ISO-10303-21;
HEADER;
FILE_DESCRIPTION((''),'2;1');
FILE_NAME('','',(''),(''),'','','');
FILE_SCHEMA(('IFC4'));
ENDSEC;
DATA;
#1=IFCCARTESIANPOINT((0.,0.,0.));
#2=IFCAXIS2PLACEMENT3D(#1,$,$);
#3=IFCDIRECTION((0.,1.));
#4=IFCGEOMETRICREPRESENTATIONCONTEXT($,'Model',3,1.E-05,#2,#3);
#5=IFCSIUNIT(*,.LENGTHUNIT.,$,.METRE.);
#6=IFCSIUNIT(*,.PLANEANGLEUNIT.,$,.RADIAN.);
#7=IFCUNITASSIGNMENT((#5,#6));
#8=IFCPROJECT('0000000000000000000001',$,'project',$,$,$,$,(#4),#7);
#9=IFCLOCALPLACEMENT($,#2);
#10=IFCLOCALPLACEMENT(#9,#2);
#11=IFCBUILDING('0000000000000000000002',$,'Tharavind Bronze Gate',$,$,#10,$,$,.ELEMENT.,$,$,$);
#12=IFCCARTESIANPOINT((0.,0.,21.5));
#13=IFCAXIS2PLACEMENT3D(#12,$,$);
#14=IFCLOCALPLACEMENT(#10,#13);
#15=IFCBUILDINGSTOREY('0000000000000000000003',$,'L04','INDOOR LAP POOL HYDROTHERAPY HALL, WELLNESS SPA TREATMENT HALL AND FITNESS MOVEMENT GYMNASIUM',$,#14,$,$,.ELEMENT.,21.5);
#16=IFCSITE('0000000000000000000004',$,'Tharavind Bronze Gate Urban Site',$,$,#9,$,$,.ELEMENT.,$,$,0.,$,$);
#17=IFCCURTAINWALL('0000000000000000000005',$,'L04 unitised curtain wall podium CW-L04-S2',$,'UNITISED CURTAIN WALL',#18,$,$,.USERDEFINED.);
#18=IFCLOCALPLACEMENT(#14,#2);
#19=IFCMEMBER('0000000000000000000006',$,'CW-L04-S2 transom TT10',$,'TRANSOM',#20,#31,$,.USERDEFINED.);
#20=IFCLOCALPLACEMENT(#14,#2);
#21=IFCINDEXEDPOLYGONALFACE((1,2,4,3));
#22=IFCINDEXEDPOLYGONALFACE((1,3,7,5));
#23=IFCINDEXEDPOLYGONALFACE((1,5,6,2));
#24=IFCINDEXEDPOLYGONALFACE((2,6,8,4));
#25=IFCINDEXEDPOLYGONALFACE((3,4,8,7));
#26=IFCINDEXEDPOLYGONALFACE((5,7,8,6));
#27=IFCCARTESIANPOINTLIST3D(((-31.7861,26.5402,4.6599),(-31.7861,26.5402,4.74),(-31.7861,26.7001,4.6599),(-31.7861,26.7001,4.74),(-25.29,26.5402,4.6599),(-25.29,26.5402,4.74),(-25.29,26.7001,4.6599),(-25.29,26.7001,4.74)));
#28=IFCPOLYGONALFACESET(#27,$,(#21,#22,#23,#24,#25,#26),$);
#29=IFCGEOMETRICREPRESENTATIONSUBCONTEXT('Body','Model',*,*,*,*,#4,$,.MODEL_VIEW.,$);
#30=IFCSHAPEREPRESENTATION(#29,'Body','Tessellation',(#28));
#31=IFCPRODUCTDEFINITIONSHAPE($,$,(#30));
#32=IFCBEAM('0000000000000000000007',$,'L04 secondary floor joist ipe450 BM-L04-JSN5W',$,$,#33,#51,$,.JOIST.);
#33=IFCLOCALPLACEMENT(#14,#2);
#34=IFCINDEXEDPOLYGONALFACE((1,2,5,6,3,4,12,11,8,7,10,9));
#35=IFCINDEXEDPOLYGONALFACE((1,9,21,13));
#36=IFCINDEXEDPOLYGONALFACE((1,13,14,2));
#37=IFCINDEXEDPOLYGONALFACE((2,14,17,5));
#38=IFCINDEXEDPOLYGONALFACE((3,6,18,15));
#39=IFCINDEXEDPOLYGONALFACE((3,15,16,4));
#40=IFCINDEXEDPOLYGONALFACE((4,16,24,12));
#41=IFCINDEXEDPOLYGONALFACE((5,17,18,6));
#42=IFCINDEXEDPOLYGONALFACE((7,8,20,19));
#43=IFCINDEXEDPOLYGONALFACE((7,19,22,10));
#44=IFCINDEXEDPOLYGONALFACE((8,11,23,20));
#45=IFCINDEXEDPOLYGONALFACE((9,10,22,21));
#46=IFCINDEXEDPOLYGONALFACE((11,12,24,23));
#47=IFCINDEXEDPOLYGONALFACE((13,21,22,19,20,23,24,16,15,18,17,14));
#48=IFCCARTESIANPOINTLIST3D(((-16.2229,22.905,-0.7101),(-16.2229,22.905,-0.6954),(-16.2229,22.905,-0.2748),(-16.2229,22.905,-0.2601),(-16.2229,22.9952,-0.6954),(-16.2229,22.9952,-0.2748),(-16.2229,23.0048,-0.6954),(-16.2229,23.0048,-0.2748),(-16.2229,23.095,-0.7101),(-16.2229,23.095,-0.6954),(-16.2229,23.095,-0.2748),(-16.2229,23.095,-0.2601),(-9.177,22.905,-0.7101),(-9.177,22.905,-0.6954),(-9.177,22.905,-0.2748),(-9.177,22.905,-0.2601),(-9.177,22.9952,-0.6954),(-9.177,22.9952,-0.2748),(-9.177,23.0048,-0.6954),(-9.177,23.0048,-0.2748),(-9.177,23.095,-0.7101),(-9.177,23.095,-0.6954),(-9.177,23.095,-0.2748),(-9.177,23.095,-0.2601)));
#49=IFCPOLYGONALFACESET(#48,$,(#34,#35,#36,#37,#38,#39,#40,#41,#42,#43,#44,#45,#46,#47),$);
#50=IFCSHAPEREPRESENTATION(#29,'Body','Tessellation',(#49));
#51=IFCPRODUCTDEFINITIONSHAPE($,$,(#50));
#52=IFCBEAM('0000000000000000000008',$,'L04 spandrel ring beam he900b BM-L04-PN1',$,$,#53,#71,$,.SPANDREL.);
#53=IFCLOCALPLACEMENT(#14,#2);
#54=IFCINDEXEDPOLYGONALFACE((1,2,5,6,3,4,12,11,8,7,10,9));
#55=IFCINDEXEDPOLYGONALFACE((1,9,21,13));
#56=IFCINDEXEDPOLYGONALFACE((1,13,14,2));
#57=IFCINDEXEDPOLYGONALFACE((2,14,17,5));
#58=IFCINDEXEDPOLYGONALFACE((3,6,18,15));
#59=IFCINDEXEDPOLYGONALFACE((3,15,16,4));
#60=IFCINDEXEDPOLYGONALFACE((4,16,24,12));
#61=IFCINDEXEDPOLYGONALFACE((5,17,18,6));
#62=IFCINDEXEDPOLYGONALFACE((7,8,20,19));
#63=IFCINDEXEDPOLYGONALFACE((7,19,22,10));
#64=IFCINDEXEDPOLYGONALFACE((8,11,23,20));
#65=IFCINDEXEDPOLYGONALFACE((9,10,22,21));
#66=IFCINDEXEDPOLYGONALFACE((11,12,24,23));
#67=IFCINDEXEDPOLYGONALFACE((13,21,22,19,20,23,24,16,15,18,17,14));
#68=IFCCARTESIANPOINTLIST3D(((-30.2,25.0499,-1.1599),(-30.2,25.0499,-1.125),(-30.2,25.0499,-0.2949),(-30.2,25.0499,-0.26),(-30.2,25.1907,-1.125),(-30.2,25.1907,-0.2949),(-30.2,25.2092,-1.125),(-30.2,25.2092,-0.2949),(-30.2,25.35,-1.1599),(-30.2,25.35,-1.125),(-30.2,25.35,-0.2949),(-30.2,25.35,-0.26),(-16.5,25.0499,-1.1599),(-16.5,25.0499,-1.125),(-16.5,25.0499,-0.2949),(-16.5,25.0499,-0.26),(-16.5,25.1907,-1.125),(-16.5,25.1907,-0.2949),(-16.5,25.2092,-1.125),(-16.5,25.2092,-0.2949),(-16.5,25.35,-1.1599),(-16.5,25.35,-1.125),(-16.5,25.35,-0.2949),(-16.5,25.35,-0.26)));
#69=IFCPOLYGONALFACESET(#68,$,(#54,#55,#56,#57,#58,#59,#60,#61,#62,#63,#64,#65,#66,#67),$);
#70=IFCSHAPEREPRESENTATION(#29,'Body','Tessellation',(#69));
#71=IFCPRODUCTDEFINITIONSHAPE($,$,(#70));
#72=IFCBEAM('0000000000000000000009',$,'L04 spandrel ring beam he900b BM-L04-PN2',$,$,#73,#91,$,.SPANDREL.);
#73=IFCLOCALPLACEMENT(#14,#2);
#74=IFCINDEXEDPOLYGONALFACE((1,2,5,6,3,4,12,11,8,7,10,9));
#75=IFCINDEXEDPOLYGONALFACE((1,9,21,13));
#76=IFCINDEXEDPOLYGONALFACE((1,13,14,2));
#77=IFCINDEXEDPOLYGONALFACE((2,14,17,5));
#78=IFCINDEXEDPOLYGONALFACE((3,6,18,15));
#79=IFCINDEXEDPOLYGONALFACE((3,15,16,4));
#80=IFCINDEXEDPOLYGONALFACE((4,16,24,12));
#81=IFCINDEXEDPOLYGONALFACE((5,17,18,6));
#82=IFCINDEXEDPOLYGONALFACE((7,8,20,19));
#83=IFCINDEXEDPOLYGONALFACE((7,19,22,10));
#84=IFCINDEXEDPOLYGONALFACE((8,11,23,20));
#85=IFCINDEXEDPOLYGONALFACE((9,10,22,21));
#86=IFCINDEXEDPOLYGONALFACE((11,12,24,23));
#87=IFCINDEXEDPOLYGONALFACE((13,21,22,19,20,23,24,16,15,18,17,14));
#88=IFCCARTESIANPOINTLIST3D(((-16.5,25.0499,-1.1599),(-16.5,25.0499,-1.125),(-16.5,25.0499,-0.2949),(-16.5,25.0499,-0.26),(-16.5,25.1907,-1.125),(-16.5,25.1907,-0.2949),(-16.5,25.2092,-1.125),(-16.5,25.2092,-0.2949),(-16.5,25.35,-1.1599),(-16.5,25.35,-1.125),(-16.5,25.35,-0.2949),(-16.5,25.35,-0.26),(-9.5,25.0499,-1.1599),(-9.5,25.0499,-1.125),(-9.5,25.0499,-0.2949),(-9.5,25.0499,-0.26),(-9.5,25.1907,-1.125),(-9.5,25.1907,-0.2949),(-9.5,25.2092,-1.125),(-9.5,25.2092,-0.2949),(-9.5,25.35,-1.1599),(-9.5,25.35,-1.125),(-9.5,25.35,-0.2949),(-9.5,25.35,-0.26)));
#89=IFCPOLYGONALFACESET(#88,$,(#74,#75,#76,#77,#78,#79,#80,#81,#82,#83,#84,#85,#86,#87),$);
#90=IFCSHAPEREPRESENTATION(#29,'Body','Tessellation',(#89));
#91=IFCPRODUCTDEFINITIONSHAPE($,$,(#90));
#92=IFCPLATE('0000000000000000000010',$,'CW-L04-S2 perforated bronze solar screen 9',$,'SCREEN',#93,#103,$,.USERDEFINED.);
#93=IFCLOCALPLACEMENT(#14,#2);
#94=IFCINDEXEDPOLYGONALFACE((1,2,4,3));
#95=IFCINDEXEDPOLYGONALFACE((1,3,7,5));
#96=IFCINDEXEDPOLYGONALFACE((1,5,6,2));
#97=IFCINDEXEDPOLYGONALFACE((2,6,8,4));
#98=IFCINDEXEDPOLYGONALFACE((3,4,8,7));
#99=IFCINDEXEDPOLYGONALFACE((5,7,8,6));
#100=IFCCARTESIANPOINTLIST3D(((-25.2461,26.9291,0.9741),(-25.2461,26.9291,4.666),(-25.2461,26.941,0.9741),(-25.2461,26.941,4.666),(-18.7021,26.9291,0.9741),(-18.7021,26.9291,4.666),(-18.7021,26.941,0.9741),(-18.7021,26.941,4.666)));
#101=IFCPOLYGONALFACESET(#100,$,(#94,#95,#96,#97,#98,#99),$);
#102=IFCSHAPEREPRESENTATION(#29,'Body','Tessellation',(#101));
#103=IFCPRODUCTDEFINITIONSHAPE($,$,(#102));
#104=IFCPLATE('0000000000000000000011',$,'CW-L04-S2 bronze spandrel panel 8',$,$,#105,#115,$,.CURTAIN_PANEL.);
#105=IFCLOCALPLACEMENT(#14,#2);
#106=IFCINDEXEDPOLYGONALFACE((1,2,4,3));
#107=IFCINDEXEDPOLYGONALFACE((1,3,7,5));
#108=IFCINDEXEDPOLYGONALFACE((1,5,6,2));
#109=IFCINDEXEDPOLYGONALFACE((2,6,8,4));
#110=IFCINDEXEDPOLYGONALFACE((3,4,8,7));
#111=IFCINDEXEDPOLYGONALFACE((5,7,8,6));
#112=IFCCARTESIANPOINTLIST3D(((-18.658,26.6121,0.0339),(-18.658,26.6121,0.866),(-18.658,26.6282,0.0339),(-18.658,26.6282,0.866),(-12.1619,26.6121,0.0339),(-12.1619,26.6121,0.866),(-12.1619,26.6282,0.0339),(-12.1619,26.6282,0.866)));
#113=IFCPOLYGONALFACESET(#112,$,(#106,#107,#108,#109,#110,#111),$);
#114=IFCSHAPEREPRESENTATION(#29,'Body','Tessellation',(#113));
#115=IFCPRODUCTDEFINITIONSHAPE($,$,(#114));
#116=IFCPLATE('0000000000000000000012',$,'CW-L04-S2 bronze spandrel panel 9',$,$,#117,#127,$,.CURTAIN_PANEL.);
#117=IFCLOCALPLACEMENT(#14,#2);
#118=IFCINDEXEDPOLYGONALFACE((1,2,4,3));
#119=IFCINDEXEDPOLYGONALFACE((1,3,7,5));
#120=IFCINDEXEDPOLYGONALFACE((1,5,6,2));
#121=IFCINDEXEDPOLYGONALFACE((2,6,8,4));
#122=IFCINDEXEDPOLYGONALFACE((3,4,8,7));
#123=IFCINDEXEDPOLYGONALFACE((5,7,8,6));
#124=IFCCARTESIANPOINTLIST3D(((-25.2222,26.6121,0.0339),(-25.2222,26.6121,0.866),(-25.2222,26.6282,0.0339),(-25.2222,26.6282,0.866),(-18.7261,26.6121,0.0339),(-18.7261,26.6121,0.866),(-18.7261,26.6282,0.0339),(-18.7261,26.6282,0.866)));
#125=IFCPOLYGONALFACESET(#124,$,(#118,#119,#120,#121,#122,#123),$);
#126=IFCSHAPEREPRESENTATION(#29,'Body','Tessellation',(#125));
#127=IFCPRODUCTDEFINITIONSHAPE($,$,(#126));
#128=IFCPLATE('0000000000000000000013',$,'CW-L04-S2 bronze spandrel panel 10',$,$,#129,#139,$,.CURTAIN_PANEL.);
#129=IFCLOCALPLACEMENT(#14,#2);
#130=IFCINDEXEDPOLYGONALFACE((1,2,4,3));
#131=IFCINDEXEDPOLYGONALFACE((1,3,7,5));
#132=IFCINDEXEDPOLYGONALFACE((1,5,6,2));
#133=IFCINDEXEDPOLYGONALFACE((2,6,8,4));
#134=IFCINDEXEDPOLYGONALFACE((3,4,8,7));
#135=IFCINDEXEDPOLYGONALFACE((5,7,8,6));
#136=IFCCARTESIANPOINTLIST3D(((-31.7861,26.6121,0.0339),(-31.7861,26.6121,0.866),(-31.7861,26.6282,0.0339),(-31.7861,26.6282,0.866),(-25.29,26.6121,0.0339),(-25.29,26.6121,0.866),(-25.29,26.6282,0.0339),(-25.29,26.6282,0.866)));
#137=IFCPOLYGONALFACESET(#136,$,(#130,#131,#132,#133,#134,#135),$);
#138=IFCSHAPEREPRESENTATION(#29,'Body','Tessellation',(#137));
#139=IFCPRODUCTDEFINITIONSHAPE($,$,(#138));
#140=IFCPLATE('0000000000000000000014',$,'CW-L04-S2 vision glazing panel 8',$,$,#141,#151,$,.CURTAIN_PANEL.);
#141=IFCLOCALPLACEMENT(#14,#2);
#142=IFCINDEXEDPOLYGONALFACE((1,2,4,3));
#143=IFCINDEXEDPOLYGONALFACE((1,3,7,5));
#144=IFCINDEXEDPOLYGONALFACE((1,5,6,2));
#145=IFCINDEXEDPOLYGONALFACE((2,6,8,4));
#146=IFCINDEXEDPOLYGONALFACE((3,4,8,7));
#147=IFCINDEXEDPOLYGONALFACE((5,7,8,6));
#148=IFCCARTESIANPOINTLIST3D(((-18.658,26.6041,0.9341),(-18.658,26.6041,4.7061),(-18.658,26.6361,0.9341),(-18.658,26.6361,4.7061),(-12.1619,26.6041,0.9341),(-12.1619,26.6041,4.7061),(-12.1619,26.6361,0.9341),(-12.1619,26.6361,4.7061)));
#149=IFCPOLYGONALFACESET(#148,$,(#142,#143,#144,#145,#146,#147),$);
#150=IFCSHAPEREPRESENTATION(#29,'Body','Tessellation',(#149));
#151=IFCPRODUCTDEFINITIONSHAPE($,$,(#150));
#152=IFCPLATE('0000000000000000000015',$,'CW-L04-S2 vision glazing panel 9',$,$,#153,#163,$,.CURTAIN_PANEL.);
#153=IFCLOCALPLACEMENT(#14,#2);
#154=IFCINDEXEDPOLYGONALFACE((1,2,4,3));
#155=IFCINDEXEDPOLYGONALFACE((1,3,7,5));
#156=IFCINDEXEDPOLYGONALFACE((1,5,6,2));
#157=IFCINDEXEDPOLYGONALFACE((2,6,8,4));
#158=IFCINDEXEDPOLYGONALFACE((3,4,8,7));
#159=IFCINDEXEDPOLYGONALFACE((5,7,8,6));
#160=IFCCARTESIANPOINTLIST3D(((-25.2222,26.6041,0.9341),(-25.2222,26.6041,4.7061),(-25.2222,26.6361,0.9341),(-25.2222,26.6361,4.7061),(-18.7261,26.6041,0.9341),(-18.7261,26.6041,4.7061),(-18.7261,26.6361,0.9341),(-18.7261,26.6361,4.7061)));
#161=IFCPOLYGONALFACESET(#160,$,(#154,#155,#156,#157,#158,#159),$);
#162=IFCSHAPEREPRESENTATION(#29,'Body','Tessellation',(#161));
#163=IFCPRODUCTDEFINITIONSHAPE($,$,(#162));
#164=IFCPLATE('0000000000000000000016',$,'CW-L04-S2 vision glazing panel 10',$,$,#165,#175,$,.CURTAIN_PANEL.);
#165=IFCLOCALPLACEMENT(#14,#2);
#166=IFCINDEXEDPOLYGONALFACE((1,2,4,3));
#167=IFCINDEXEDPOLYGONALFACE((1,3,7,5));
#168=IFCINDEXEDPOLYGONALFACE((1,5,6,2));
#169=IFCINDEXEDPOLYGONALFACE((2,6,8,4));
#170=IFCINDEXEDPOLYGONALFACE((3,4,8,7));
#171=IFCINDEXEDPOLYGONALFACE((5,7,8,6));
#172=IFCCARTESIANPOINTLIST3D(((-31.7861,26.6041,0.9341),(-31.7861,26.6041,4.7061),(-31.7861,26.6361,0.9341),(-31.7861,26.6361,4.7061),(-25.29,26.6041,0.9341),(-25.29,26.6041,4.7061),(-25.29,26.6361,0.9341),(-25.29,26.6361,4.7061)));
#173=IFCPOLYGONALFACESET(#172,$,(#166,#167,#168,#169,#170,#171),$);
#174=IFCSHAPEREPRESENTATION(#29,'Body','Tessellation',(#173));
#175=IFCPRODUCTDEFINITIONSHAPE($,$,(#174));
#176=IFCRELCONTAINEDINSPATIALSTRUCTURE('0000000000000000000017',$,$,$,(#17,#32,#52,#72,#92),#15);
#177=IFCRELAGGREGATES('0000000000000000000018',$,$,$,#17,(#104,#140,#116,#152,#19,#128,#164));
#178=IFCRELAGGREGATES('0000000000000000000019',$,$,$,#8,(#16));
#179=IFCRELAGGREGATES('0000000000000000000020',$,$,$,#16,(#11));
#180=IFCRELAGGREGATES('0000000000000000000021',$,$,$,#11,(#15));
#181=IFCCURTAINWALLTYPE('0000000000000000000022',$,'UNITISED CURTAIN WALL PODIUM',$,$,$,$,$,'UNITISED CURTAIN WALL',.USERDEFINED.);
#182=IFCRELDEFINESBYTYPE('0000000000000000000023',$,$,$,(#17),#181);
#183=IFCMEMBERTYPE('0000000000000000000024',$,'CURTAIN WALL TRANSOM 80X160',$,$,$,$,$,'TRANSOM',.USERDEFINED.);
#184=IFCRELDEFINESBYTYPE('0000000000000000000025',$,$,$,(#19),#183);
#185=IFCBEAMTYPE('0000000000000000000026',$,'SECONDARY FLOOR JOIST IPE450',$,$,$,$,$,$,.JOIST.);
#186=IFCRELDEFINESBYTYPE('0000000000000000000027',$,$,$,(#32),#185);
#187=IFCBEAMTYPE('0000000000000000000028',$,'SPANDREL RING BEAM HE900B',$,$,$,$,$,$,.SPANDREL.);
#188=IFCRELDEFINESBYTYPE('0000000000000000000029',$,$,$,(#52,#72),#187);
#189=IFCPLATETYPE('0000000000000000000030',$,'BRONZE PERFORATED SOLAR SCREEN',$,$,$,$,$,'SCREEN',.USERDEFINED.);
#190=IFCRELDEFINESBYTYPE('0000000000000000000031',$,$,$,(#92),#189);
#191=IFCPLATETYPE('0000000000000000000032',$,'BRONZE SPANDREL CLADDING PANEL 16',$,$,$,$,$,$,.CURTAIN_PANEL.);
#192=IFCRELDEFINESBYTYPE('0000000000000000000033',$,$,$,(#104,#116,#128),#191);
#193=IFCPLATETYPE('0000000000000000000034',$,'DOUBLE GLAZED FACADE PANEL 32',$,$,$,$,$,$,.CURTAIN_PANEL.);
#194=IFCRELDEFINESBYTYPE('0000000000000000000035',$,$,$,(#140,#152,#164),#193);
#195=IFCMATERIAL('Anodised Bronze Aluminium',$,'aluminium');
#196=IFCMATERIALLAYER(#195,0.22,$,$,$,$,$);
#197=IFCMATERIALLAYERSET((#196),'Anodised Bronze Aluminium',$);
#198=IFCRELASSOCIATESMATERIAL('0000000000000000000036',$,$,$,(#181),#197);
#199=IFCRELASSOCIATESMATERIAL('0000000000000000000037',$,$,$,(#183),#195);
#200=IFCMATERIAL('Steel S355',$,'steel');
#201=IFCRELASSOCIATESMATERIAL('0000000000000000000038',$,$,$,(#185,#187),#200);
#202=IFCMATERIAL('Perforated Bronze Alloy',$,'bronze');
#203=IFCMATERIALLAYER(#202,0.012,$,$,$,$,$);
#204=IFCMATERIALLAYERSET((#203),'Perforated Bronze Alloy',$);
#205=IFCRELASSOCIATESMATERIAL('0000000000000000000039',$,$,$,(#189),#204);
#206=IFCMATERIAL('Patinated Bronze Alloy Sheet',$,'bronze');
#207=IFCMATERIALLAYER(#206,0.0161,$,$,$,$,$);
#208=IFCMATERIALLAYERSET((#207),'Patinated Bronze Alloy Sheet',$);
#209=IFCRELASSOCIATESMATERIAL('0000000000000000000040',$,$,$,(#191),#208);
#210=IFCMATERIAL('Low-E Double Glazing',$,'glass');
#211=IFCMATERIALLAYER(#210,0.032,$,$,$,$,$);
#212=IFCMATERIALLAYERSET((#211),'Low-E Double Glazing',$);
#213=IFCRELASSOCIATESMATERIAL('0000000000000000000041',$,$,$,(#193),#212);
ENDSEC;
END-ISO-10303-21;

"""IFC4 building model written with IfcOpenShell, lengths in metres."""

from ifc_helpers import new_model, si_unit, direction, frame, origin, origin_2d, place, context, subcontext, project, spatial, rectangle, i_section, extrude, material, layer, layer_set, material_profile, profile_set, type_object, element, aggregate, save


model = new_model("IFC4")

# Units and contexts
model_context = context("Model", 3, precision=1e-05, world=origin(), true_north=direction((0.0, 1.0)))
body_context = subcontext(model_context, "Body", "Model", "MODEL_VIEW")
ifc_project = project(units=[si_unit("LENGTHUNIT", "METRE"), si_unit("PLANEANGLEUNIT", "RADIAN")], contexts=[model_context])

# Site, building, storey
site_placement = place(None, origin())
site = spatial("IfcSite", under=ifc_project, at=site_placement, Name="Tharavind Bronze Gate Urban Site", CompositionType="ELEMENT", RefElevation=0.0)
building_placement = place(site_placement, origin())
building = spatial("IfcBuilding", under=site, at=building_placement, Name="Tharavind Bronze Gate", CompositionType="ELEMENT")
storey_placement = place(building_placement, frame((0.0, 0.0, 21.5)))
storey = spatial("IfcBuildingStorey", under=building, at=storey_placement, Name="L04", Description="INDOOR LAP POOL HYDROTHERAPY HALL, WELLNESS SPA TREATMENT HALL AND FITNESS MOVEMENT GYMNASIUM", CompositionType="ELEMENT", Elevation=21.5)

# Curtain wall, member
ifc_material_1 = material(Name="Anodised Bronze Aluminium", Category="aluminium")
ifc_layer_1 = layer(ifc_material_1, 0.22)
ifc_layer_set_1 = layer_set([ifc_layer_1], Name="Anodised Bronze Aluminium")
curtain_wall_type = type_object("IfcCurtainWallType", Name="UNITISED CURTAIN WALL PODIUM", ElementType="UNITISED CURTAIN WALL", PredefinedType="USERDEFINED", material=ifc_layer_set_1)
curtain_wall_placement = place(storey_placement, origin())
curtain_wall = element("IfcCurtainWall", 1, at=curtain_wall_placement, inside=storey, type_object=curtain_wall_type, Name="L04 unitised curtain wall podium CW-L04-S2", ObjectType="UNITISED CURTAIN WALL", PredefinedType="USERDEFINED")
member_type_1 = type_object("IfcMemberType", Name="CURTAIN WALL TRANSOM 80X160", ElementType="TRANSOM", PredefinedType="USERDEFINED", material=ifc_material_1)
member_1_placement = place(storey_placement, frame((-28.5381, 26.6201, 4.6599), z_axis=(0.0, 0.0, 1.0), x_axis=(-1.0, 0.0, 0.0)))
member_1 = element("IfcMember", 2, at=member_1_placement, type_object=member_type_1, Name="CW-L04-S2 transom TT10", ObjectType="TRANSOM", PredefinedType="USERDEFINED", context=body_context, shape_type="SweptSolid", body=[
    extrude(rectangle(XDim=6.4961, YDim=0.1599, at=origin_2d()), origin(), (0.0, 0.0, 1.0), 0.0801),
])

# Beams
ifc_material_2 = material(Name="Steel S355", Category="steel")
ifc_material_profile_1 = material_profile(ifc_material_2, i_section(OverallWidth=0.1899, OverallDepth=0.45, WebThickness=0.0095, FlangeThickness=0.0146, at=origin_2d()), Name="IPE450")
ifc_profile_set_1 = profile_set([ifc_material_profile_1], Name="Steel S355")
beam_type_1 = type_object("IfcBeamType", Name="SECONDARY FLOOR JOIST IPE450", PredefinedType="JOIST", material=ifc_profile_set_1)
beam_1_placement = place(storey_placement, frame((-16.2229, 23.0, -0.4851), z_axis=(1.0, 0.0, 0.0), x_axis=(0.0, 1.0, 0.0)))
element("IfcBeam", 3, at=beam_1_placement, inside=storey, type_object=beam_type_1, Name="L04 secondary floor joist ipe450 BM-L04-JSN5W", PredefinedType="JOIST", context=body_context, shape_type="SweptSolid", body=[
    extrude(i_section(OverallWidth=0.1899, OverallDepth=0.45, WebThickness=0.0095, FlangeThickness=0.0146, at=origin_2d()), origin(), (0.0, 0.0, 1.0), 7.0459),
])
ifc_material_profile_2 = material_profile(ifc_material_2, i_section(OverallWidth=0.3, OverallDepth=0.8999, WebThickness=0.0186, FlangeThickness=0.0349, at=origin_2d()), Name="HE900B")
ifc_profile_set_2 = profile_set([ifc_material_profile_2], Name="Steel S355")
beam_type_2 = type_object("IfcBeamType", Name="SPANDREL RING BEAM HE900B", PredefinedType="SPANDREL", material=ifc_profile_set_2)
beam_2_placement = place(storey_placement, frame((-30.2, 25.2, -0.71), z_axis=(1.0, 0.0, 0.0), x_axis=(0.0, 1.0, 0.0)))
element("IfcBeam", 4, at=beam_2_placement, inside=storey, type_object=beam_type_2, Name="L04 spandrel ring beam he900b BM-L04-PN1", PredefinedType="SPANDREL", context=body_context, shape_type="SweptSolid", body=[
    extrude(i_section(OverallWidth=0.3, OverallDepth=0.8999, WebThickness=0.0186, FlangeThickness=0.0349, at=origin_2d()), origin(), (0.0, 0.0, 1.0), 13.7),
])
beam_3_placement = place(storey_placement, frame((-16.5, 25.2, -0.71), z_axis=(1.0, 0.0, 0.0), x_axis=(0.0, 1.0, 0.0)))
element("IfcBeam", 5, at=beam_3_placement, inside=storey, type_object=beam_type_2, Name="L04 spandrel ring beam he900b BM-L04-PN2", PredefinedType="SPANDREL", context=body_context, shape_type="SweptSolid", body=[
    extrude(i_section(OverallWidth=0.3, OverallDepth=0.8999, WebThickness=0.0186, FlangeThickness=0.0349, at=origin_2d()), origin(), (0.0, 0.0, 1.0), 7.0),
])

# Plates
ifc_material_3 = material(Name="Perforated Bronze Alloy", Category="bronze")
ifc_layer_2 = layer(ifc_material_3, 0.012)
ifc_layer_set_2 = layer_set([ifc_layer_2], Name="Perforated Bronze Alloy")
plate_type_1 = type_object("IfcPlateType", Name="BRONZE PERFORATED SOLAR SCREEN", ElementType="SCREEN", PredefinedType="USERDEFINED", material=ifc_layer_set_2)
plate_1_placement = place(storey_placement, frame((-21.9741, 26.9351, 0.9741), z_axis=(0.0, 0.0, 1.0), x_axis=(-1.0, 0.0, 0.0)))
element("IfcPlate", 6, at=plate_1_placement, inside=storey, type_object=plate_type_1, Name="CW-L04-S2 perforated bronze solar screen 9", ObjectType="SCREEN", PredefinedType="USERDEFINED", context=body_context, shape_type="SweptSolid", body=[
    extrude(rectangle(XDim=6.5439, YDim=0.012, at=origin_2d()), origin(), (0.0, 0.0, 1.0), 3.6919),
])
ifc_material_4 = material(Name="Patinated Bronze Alloy Sheet", Category="bronze")
ifc_layer_3 = layer(ifc_material_4, 0.0161)
ifc_layer_set_3 = layer_set([ifc_layer_3], Name="Patinated Bronze Alloy Sheet")
plate_type_2 = type_object("IfcPlateType", Name="BRONZE SPANDREL CLADDING PANEL 16", PredefinedType="CURTAIN_PANEL", material=ifc_layer_set_3)
plate_2_placement = place(storey_placement, frame((-15.4099, 26.6201, 0.0339), z_axis=(0.0, 0.0, 1.0), x_axis=(-1.0, 0.0, 0.0)))
plate_2 = element("IfcPlate", 7, at=plate_2_placement, type_object=plate_type_2, Name="CW-L04-S2 bronze spandrel panel 8", PredefinedType="CURTAIN_PANEL", context=body_context, shape_type="SweptSolid", body=[
    extrude(rectangle(XDim=6.4961, YDim=0.0161, at=origin_2d()), origin(), (0.0, 0.0, 1.0), 0.832),
])
plate_3_placement = place(storey_placement, frame((-21.9741, 26.6201, 0.0339), z_axis=(0.0, 0.0, 1.0), x_axis=(-1.0, 0.0, 0.0)))
plate_3 = element("IfcPlate", 8, at=plate_3_placement, type_object=plate_type_2, Name="CW-L04-S2 bronze spandrel panel 9", PredefinedType="CURTAIN_PANEL", context=body_context, shape_type="SweptSolid", body=[
    extrude(rectangle(XDim=6.4961, YDim=0.0161, at=origin_2d()), origin(), (0.0, 0.0, 1.0), 0.832),
])
plate_4_placement = place(storey_placement, frame((-28.5381, 26.6201, 0.0339), z_axis=(0.0, 0.0, 1.0), x_axis=(-1.0, 0.0, 0.0)))
plate_4 = element("IfcPlate", 9, at=plate_4_placement, type_object=plate_type_2, Name="CW-L04-S2 bronze spandrel panel 10", PredefinedType="CURTAIN_PANEL", context=body_context, shape_type="SweptSolid", body=[
    extrude(rectangle(XDim=6.4961, YDim=0.0161, at=origin_2d()), origin(), (0.0, 0.0, 1.0), 0.832),
])
ifc_material_5 = material(Name="Low-E Double Glazing", Category="glass")
ifc_layer_4 = layer(ifc_material_5, 0.032)
ifc_layer_set_4 = layer_set([ifc_layer_4], Name="Low-E Double Glazing")
plate_type_3 = type_object("IfcPlateType", Name="DOUBLE GLAZED FACADE PANEL 32", PredefinedType="CURTAIN_PANEL", material=ifc_layer_set_4)
plate_5_placement = place(storey_placement, frame((-15.4099, 26.6201, 0.9341), z_axis=(0.0, 0.0, 1.0), x_axis=(-1.0, 0.0, 0.0)))
plate_5 = element("IfcPlate", 10, at=plate_5_placement, type_object=plate_type_3, Name="CW-L04-S2 vision glazing panel 8", PredefinedType="CURTAIN_PANEL", context=body_context, shape_type="SweptSolid", body=[
    extrude(rectangle(XDim=6.4961, YDim=0.032, at=origin_2d()), origin(), (0.0, 0.0, 1.0), 3.772),
])
plate_6_placement = place(storey_placement, frame((-21.9741, 26.6201, 0.9341), z_axis=(0.0, 0.0, 1.0), x_axis=(-1.0, 0.0, 0.0)))
plate_6 = element("IfcPlate", 11, at=plate_6_placement, type_object=plate_type_3, Name="CW-L04-S2 vision glazing panel 9", PredefinedType="CURTAIN_PANEL", context=body_context, shape_type="SweptSolid", body=[
    extrude(rectangle(XDim=6.4961, YDim=0.032, at=origin_2d()), origin(), (0.0, 0.0, 1.0), 3.772),
])
plate_7_placement = place(storey_placement, frame((-28.5381, 26.6201, 0.9341), z_axis=(0.0, 0.0, 1.0), x_axis=(-1.0, 0.0, 0.0)))
plate_7 = element("IfcPlate", 12, at=plate_7_placement, type_object=plate_type_3, Name="CW-L04-S2 vision glazing panel 10", PredefinedType="CURTAIN_PANEL", context=body_context, shape_type="SweptSolid", body=[
    extrude(rectangle(XDim=6.4961, YDim=0.032, at=origin_2d()), origin(), (0.0, 0.0, 1.0), 3.772),
])
aggregate(curtain_wall, [plate_2, plate_5, plate_3, plate_6, member_1, plate_4, plate_7])

save(model, "model.ifc")
